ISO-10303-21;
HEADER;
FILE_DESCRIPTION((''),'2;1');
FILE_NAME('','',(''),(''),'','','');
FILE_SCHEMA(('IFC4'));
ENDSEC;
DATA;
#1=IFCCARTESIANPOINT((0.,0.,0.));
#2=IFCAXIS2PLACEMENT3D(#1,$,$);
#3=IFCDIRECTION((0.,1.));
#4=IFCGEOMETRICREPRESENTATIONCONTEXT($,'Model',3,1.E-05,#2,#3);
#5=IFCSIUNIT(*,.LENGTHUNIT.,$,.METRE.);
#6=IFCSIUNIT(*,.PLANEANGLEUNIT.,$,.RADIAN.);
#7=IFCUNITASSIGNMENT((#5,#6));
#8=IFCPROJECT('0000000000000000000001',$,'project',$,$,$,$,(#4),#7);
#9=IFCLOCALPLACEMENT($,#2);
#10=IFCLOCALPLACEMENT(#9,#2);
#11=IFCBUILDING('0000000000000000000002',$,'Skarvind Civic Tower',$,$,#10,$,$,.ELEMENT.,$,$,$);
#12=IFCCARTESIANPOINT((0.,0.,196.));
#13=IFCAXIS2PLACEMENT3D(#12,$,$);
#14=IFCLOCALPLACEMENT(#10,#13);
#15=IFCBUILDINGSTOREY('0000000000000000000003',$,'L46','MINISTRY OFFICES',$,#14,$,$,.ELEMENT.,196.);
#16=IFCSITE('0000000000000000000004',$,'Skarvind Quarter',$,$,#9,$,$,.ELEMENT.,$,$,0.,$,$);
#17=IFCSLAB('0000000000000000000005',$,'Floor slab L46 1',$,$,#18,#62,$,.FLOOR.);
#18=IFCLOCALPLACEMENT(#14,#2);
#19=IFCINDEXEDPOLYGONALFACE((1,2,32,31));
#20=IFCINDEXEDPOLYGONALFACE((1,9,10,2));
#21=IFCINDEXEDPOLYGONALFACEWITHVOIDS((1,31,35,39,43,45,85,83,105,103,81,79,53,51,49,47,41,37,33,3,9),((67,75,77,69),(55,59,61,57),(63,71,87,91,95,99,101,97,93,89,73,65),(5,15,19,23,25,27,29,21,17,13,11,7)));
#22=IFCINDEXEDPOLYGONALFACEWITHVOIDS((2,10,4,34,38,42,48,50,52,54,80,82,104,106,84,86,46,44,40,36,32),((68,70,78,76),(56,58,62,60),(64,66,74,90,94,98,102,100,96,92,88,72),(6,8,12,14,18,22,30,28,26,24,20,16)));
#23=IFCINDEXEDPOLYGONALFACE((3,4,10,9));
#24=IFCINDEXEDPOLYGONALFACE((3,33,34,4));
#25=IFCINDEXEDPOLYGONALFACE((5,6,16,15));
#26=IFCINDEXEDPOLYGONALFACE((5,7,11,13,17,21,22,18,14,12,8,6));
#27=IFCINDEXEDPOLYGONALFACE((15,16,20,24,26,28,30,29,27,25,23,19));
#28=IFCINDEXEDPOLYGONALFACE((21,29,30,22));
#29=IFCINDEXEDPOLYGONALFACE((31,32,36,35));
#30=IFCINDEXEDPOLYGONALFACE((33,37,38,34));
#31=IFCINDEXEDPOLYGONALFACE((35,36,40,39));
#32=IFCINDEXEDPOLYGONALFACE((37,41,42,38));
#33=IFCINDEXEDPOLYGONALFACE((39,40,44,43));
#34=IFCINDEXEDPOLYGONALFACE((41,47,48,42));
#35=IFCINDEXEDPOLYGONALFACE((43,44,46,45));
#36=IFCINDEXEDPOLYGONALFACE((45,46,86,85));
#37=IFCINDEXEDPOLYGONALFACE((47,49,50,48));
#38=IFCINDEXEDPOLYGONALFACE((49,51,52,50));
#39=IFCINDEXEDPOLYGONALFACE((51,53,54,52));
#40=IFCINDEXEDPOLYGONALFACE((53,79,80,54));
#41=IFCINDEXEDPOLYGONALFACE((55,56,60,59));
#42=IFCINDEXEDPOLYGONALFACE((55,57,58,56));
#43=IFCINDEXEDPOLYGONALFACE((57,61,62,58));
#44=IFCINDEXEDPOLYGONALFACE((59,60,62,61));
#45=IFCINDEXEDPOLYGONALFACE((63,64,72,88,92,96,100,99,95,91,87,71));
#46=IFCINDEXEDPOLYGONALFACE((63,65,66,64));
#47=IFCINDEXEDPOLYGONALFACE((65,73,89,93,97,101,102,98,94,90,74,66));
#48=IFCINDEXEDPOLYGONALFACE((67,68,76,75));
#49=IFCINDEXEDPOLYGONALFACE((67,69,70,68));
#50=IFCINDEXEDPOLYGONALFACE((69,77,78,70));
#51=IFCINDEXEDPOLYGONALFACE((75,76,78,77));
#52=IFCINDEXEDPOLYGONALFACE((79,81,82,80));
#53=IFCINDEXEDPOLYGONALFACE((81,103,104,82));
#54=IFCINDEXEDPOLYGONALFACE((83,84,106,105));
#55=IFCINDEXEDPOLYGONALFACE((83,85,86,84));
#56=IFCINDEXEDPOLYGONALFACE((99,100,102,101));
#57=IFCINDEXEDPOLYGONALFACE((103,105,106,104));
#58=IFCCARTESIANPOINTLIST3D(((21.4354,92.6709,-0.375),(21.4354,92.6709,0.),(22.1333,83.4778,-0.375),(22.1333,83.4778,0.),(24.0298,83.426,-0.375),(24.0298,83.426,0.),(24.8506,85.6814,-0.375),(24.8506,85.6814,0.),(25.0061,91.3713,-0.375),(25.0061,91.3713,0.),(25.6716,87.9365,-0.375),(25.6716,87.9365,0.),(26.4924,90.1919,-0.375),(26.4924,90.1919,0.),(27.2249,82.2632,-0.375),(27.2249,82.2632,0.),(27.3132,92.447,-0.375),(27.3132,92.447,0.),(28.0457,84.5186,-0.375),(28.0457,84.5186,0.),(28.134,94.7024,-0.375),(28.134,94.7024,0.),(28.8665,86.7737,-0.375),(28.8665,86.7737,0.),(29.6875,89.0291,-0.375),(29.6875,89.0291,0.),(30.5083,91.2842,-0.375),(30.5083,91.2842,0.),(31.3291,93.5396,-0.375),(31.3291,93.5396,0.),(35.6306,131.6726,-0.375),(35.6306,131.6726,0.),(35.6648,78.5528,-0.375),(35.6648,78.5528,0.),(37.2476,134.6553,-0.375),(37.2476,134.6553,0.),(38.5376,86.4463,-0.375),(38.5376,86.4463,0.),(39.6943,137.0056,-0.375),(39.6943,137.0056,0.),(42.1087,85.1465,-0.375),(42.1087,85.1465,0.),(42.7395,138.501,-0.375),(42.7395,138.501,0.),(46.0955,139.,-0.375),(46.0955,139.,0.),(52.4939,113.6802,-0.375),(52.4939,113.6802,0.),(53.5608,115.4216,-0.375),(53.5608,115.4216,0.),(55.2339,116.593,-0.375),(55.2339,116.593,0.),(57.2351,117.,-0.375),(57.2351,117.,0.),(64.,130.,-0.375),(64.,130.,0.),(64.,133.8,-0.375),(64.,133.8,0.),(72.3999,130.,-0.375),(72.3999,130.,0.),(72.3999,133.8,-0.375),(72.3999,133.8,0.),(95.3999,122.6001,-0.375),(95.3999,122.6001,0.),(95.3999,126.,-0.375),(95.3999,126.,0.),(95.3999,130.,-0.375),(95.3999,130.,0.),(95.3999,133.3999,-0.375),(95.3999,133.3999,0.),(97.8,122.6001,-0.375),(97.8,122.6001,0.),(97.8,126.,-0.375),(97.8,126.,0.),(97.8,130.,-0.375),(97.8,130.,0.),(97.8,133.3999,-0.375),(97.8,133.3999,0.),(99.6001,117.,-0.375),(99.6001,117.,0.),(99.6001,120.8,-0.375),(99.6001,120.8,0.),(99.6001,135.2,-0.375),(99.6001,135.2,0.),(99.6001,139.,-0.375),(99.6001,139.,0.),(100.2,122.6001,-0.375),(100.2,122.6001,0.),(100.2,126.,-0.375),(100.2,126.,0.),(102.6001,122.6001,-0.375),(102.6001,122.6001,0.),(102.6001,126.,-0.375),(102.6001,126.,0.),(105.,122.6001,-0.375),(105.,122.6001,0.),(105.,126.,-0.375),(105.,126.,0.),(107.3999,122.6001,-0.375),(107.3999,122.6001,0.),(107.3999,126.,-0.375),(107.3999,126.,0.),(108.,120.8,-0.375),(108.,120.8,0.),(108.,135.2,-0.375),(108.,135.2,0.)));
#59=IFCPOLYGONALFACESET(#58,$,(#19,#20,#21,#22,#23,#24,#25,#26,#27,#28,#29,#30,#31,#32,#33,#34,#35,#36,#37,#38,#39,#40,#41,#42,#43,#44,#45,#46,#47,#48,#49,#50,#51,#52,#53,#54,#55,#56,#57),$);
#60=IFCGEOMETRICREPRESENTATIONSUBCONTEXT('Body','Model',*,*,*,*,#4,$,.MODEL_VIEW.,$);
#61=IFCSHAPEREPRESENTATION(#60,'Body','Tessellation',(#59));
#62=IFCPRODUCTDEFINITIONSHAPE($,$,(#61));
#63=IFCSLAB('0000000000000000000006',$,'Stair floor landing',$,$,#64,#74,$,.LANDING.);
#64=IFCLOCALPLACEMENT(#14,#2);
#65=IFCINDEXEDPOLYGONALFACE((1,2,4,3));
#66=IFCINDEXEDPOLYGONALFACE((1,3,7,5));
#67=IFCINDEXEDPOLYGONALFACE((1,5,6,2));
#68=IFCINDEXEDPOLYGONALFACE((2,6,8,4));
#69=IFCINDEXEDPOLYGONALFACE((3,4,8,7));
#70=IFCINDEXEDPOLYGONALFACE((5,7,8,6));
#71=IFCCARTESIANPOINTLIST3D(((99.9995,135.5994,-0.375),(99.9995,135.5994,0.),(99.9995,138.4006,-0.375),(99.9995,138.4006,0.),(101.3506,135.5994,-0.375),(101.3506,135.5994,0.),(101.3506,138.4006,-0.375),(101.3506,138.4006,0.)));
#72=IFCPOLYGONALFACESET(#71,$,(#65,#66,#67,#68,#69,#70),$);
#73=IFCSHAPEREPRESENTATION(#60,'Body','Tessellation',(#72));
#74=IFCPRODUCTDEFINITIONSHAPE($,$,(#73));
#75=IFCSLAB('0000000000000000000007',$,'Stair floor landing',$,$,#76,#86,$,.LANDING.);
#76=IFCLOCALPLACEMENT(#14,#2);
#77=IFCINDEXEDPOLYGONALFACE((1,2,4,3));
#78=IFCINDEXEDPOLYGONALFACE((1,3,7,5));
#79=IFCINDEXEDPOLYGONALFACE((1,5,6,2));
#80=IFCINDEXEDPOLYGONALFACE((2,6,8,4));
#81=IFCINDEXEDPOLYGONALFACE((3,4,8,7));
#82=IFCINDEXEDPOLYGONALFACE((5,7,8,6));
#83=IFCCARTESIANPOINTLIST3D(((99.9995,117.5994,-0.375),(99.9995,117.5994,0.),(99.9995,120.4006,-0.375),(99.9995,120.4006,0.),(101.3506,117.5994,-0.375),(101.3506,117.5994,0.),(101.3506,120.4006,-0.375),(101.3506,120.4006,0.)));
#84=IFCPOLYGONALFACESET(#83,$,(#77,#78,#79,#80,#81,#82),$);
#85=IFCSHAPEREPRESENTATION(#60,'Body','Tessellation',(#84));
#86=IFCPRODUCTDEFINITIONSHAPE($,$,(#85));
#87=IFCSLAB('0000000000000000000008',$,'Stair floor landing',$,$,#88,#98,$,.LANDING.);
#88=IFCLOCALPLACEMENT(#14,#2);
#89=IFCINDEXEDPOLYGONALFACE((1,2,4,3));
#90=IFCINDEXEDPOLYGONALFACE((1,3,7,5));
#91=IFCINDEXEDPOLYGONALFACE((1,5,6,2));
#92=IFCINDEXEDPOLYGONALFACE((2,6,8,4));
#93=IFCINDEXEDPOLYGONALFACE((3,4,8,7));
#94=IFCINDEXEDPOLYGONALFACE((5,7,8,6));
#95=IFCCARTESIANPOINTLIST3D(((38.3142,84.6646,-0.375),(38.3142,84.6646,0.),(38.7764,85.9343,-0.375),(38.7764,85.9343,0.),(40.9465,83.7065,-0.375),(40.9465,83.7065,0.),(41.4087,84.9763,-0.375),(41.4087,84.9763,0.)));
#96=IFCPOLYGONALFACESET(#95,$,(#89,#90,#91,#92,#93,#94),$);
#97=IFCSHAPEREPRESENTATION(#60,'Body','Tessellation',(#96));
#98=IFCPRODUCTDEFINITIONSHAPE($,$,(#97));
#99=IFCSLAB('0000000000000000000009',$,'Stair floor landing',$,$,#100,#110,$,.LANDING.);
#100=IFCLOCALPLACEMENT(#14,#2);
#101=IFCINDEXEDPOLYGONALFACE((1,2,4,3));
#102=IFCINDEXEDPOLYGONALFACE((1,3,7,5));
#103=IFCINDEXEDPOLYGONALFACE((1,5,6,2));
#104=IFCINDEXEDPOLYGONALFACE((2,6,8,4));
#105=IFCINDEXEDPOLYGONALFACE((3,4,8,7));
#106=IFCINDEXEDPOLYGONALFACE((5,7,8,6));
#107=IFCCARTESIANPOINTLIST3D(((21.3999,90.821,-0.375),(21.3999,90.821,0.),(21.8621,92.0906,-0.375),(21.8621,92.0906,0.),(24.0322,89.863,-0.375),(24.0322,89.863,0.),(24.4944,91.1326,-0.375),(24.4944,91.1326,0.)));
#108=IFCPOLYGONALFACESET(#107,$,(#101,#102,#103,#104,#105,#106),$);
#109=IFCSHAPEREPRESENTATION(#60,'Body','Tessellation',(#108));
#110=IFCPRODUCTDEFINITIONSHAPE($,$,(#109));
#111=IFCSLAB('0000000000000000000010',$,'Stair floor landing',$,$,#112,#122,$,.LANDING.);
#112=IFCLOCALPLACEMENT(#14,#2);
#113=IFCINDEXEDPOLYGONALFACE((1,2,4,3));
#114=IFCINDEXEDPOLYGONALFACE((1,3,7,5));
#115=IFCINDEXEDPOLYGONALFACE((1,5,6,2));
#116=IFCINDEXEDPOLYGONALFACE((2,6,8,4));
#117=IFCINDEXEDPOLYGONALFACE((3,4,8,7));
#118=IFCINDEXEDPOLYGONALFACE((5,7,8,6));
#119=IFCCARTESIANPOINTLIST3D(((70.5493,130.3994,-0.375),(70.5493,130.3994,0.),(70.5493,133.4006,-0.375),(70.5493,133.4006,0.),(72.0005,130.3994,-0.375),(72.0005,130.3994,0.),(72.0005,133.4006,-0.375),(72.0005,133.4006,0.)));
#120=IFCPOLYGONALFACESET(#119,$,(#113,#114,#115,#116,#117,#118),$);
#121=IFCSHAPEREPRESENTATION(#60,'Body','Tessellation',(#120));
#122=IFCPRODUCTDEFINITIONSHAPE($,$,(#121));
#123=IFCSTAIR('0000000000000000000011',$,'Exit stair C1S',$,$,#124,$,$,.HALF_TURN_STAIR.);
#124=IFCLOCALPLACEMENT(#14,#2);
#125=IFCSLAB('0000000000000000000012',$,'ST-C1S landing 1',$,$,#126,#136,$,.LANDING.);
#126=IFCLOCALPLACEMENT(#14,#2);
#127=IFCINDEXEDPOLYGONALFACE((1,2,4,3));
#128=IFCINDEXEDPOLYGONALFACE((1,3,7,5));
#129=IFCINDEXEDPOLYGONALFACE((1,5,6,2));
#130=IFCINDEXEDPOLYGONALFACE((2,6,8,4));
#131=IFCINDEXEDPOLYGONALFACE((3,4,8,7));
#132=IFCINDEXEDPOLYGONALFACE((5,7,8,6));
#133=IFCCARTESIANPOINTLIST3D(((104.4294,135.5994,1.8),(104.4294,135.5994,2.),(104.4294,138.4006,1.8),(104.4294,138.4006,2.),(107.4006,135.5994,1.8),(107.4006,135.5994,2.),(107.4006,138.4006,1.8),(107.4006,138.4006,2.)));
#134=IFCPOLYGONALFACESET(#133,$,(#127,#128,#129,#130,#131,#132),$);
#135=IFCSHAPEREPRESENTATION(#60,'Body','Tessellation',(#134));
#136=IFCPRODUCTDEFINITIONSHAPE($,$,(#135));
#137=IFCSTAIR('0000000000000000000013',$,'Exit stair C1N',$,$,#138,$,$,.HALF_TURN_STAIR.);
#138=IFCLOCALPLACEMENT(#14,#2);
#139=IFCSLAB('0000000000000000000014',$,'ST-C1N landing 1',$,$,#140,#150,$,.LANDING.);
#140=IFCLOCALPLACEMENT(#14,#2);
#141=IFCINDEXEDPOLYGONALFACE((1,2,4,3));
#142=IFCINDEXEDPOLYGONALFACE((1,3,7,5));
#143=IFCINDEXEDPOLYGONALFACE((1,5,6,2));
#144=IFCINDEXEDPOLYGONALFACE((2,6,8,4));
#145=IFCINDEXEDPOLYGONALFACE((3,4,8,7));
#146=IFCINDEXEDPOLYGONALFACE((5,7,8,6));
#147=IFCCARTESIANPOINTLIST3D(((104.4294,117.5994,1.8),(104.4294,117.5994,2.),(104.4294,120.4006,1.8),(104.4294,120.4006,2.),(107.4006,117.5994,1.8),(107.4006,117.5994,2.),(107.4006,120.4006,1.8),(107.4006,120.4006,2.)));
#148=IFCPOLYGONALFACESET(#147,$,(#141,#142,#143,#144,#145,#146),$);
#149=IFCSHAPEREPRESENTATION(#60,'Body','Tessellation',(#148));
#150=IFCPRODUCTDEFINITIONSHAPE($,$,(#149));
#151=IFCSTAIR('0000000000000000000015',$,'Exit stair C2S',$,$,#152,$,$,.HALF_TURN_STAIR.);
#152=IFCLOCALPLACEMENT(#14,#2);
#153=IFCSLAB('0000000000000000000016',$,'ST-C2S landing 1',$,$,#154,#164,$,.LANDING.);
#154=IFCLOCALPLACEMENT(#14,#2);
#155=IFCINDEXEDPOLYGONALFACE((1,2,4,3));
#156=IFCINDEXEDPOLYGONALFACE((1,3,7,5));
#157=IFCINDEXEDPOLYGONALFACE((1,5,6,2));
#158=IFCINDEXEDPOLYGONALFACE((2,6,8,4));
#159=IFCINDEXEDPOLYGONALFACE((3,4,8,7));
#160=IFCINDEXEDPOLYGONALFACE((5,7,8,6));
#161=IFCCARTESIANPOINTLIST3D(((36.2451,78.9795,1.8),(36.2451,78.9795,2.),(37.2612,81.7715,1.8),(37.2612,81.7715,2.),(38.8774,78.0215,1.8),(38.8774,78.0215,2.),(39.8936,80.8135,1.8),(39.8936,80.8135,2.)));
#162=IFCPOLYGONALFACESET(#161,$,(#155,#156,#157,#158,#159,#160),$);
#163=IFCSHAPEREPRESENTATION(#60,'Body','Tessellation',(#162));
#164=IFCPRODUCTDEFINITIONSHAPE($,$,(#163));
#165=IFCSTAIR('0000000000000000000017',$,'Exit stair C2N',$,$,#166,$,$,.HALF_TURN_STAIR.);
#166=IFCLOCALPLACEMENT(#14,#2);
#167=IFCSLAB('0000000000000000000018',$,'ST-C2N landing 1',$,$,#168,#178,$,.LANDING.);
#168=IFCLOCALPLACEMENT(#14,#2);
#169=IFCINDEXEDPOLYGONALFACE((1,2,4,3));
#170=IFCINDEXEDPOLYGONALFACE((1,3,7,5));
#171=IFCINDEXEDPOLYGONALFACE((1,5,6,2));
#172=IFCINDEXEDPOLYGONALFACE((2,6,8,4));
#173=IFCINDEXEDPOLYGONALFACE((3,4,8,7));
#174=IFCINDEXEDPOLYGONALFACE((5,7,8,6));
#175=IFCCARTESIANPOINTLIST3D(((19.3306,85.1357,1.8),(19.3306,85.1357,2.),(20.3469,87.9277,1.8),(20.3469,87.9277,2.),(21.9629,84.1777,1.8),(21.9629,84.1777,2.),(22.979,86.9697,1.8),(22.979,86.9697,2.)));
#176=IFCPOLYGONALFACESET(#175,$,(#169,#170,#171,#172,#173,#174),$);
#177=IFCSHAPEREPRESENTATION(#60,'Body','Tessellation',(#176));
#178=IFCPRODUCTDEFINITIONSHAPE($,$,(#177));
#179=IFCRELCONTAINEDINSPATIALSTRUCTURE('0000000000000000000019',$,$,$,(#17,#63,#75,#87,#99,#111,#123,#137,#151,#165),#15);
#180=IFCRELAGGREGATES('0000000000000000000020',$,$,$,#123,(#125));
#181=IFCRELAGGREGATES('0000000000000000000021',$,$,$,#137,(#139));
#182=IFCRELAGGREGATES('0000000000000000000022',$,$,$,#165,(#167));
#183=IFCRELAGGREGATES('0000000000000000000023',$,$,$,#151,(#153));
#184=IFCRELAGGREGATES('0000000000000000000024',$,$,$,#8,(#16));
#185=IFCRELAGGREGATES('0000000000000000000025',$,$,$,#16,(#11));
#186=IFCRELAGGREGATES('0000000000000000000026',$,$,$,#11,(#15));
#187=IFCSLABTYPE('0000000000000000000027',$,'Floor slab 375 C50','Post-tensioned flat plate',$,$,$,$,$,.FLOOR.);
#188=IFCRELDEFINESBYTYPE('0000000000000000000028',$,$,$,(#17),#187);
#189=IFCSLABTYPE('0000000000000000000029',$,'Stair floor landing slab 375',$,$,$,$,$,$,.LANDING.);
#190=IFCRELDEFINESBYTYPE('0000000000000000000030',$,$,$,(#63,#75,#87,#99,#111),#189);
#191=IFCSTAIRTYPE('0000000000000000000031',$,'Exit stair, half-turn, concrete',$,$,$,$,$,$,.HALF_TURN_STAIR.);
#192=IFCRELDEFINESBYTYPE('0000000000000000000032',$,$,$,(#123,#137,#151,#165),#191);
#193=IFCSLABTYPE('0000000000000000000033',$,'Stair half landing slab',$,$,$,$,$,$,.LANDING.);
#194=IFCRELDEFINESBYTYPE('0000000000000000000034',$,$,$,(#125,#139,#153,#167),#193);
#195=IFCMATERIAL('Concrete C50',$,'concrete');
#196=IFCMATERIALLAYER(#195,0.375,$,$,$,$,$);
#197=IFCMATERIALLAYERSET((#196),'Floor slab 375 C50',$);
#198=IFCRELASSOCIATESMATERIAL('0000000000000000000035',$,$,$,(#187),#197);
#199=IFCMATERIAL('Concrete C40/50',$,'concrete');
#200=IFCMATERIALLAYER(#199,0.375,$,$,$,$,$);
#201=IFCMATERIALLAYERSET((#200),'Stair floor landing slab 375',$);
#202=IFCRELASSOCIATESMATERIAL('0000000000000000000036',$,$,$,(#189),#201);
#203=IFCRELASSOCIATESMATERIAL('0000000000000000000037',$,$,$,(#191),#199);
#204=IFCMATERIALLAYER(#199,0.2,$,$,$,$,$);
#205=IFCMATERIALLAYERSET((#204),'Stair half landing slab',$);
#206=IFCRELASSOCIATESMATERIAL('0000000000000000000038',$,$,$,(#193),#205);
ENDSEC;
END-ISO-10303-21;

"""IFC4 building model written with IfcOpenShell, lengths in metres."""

from ifc_helpers import new_model, si_unit, direction, frame, origin, place, context, subcontext, project, spatial, polyline, outline, extrude, material, layer, layer_set, type_object, element, aggregate, save


model = new_model("IFC4")

# Units and contexts
model_context = context("Model", 3, precision=1e-05, world=origin(), true_north=direction((0.0, 1.0)))
body_context = subcontext(model_context, "Body", "Model", "MODEL_VIEW")
ifc_project = project(units=[si_unit("LENGTHUNIT", "METRE"), si_unit("PLANEANGLEUNIT", "RADIAN")], contexts=[model_context])

# Site, building, storey
site_placement = place(None, origin())
site = spatial("IfcSite", under=ifc_project, at=site_placement, Name="Skarvind Quarter", CompositionType="ELEMENT", RefElevation=0.0)
building_placement = place(site_placement, origin())
building = spatial("IfcBuilding", under=site, at=building_placement, Name="Skarvind Civic Tower", CompositionType="ELEMENT")
storey_placement = place(building_placement, frame((0.0, 0.0, 196.0)))
storey = spatial("IfcBuildingStorey", under=building, at=storey_placement, Name="L46", Description="MINISTRY OFFICES", CompositionType="ELEMENT", Elevation=196.0)

# Slabs
ifc_material_1 = material(Name="Concrete C50", Category="concrete")
ifc_layer_1 = layer(ifc_material_1, 0.375)
ifc_layer_set_1 = layer_set([ifc_layer_1], Name="Floor slab 375 C50")
slab_type_1 = type_object("IfcSlabType", Name="Floor slab 375 C50", Description="Post-tensioned flat plate", PredefinedType="FLOOR", material=ifc_layer_set_1)
slab_1_placement = place(storey_placement, frame((0.0, 0.0, -0.375)))
element("IfcSlab", 1, at=slab_1_placement, inside=storey, type_object=slab_type_1, Name="Floor slab L46 1", PredefinedType="FLOOR", context=body_context, shape_type="SweptSolid", body=[
    extrude(outline(polyline([(99.6001, 117.0), (99.6001, 120.8), (108.0, 120.8), (108.0, 135.2), (99.6001, 135.2), (99.6001, 139.0), (46.0955, 139.0), (42.7395, 138.501), (39.6943, 137.0056), (37.2476, 134.6553), (35.6306, 131.6726), (19.4175, 87.1267), (21.4353, 92.6709), (25.0061, 91.3713), (22.1333, 83.4778), (36.8865, 78.1082), (35.6648, 78.5527), (38.5376, 86.4463), (42.1086, 85.1465), (40.0908, 79.6023), (40.0908, 79.6023), (52.4939, 113.6802), (53.5608, 115.4216), (55.2339, 116.593), (57.2351, 117.0), (99.6001, 117.0)]), holes=[polyline([(25.6716, 87.9365), (26.4924, 90.1919), (27.3132, 92.447), (28.134, 94.7024), (31.3291, 93.5396), (30.5083, 91.2842), (29.6875, 89.0291), (28.8665, 86.7737), (28.8665, 86.7737), (28.0457, 84.5186), (27.2249, 82.2632), (24.0298, 83.426), (24.8506, 85.6814), (25.6716, 87.9365), (25.6716, 87.9365)]), polyline([(64.0, 130.0), (64.0, 133.8), (72.3999, 133.8), (72.3999, 130.0), (64.0, 130.0)]), polyline([(97.8, 126.0), (100.2, 126.0), (102.6001, 126.0), (105.0, 126.0), (107.3999, 126.0), (107.3999, 122.6001), (105.0, 122.6001), (102.6001, 122.6001), (100.2, 122.6001), (97.8, 122.6001), (95.3999, 122.6001), (95.3999, 126.0), (97.8, 126.0)]), polyline([(97.8, 133.3999), (97.8, 130.0), (95.3999, 130.0), (95.3999, 133.3999), (97.8, 133.3999)])]), origin(), (0.0, 0.0, 1.0), 0.375),
])
ifc_material_2 = material(Name="Concrete C40/50", Category="concrete")
ifc_layer_2 = layer(ifc_material_2, 0.375)
ifc_layer_set_2 = layer_set([ifc_layer_2], Name="Stair floor landing slab 375")
slab_type_2 = type_object("IfcSlabType", Name="Stair floor landing slab 375", PredefinedType="LANDING", material=ifc_layer_set_2)
slab_2_placement = place(storey_placement, frame((0.0, 0.0, -0.375)))
element("IfcSlab", 2, at=slab_2_placement, inside=storey, type_object=slab_type_2, Name="Stair floor landing", PredefinedType="LANDING", context=body_context, shape_type="SweptSolid", body=[
    extrude(outline(polyline([(101.3506, 138.4006), (101.3506, 135.5994), (99.9995, 135.5994), (99.9995, 138.4006), (101.3506, 138.4006)])), origin(), (0.0, 0.0, 1.0), 0.375),
])
slab_3_placement = place(storey_placement, frame((0.0, 0.0, -0.375)))
element("IfcSlab", 3, at=slab_3_placement, inside=storey, type_object=slab_type_2, Name="Stair floor landing", PredefinedType="LANDING", context=body_context, shape_type="SweptSolid", body=[
    extrude(outline(polyline([(101.3506, 120.4006), (101.3506, 117.5994), (99.9995, 117.5994), (99.9995, 120.4006), (101.3506, 120.4006)])), origin(), (0.0, 0.0, 1.0), 0.375),
])
slab_4_placement = place(storey_placement, frame((0.0, 0.0, -0.375)))
element("IfcSlab", 4, at=slab_4_placement, inside=storey, type_object=slab_type_2, Name="Stair floor landing", PredefinedType="LANDING", context=body_context, shape_type="SweptSolid", body=[
    extrude(outline(polyline([(40.9465, 83.7065), (38.3142, 84.6646), (38.7764, 85.9343), (41.4087, 84.9763), (40.9465, 83.7065)])), origin(), (0.0, 0.0, 1.0), 0.375),
])
slab_5_placement = place(storey_placement, frame((0.0, 0.0, -0.375)))
element("IfcSlab", 5, at=slab_5_placement, inside=storey, type_object=slab_type_2, Name="Stair floor landing", PredefinedType="LANDING", context=body_context, shape_type="SweptSolid", body=[
    extrude(outline(polyline([(24.0322, 89.863), (21.3999, 90.821), (21.8621, 92.0906), (24.4944, 91.1326), (24.0322, 89.863)])), origin(), (0.0, 0.0, 1.0), 0.375),
])
slab_6_placement = place(storey_placement, frame((0.0, 0.0, -0.375)))
element("IfcSlab", 6, at=slab_6_placement, inside=storey, type_object=slab_type_2, Name="Stair floor landing", PredefinedType="LANDING", context=body_context, shape_type="SweptSolid", body=[
    extrude(outline(polyline([(70.5493, 130.3994), (70.5493, 133.4006), (72.0005, 133.4006), (72.0005, 130.3994), (70.5493, 130.3994)])), origin(), (0.0, 0.0, 1.0), 0.375),
])

# Stairs, slabs
stair_type_1 = type_object("IfcStairType", Name="Exit stair, half-turn, concrete", PredefinedType="HALF_TURN_STAIR", material=ifc_material_2)
stair_1_placement = place(storey_placement, origin())
stair_1 = element("IfcStair", 7, at=stair_1_placement, inside=storey, type_object=stair_type_1, Name="Exit stair C1S", PredefinedType="HALF_TURN_STAIR")
ifc_layer_3 = layer(ifc_material_2, 0.2)
ifc_layer_set_3 = layer_set([ifc_layer_3], Name="Stair half landing slab")
slab_type_3 = type_object("IfcSlabType", Name="Stair half landing slab", PredefinedType="LANDING", material=ifc_layer_set_3)
slab_7_placement = place(storey_placement, frame((0.0, 0.0, 1.8)))
slab_7 = element("IfcSlab", 8, at=slab_7_placement, type_object=slab_type_3, Name="ST-C1S landing 1", PredefinedType="LANDING", context=body_context, shape_type="SweptSolid", body=[
    extrude(outline(polyline([(104.4294, 135.5994), (104.4294, 138.4006), (107.4006, 138.4006), (107.4006, 135.5994), (104.4294, 135.5994)])), origin(), (0.0, 0.0, 1.0), 0.2),
])
aggregate(stair_1, [slab_7])
stair_2_placement = place(storey_placement, origin())
stair_2 = element("IfcStair", 9, at=stair_2_placement, inside=storey, type_object=stair_type_1, Name="Exit stair C1N", PredefinedType="HALF_TURN_STAIR")
slab_8_placement = place(storey_placement, frame((0.0, 0.0, 1.8)))
slab_8 = element("IfcSlab", 10, at=slab_8_placement, type_object=slab_type_3, Name="ST-C1N landing 1", PredefinedType="LANDING", context=body_context, shape_type="SweptSolid", body=[
    extrude(outline(polyline([(104.4294, 117.5994), (104.4294, 120.4006), (107.4006, 120.4006), (107.4006, 117.5994), (104.4294, 117.5994)])), origin(), (0.0, 0.0, 1.0), 0.2),
])
aggregate(stair_2, [slab_8])
stair_3_placement = place(storey_placement, origin())
stair_3 = element("IfcStair", 11, at=stair_3_placement, inside=storey, type_object=stair_type_1, Name="Exit stair C2S", PredefinedType="HALF_TURN_STAIR")
slab_9_placement = place(storey_placement, frame((0.0, 0.0, 1.8)))
slab_9 = element("IfcSlab", 12, at=slab_9_placement, type_object=slab_type_3, Name="ST-C2S landing 1", PredefinedType="LANDING", context=body_context, shape_type="SweptSolid", body=[
    extrude(outline(polyline([(37.2612, 81.7715), (39.8936, 80.8135), (38.8774, 78.0215), (36.2451, 78.9795), (37.2612, 81.7715)])), origin(), (0.0, 0.0, 1.0), 0.2),
])
stair_4_placement = place(storey_placement, origin())
stair_4 = element("IfcStair", 13, at=stair_4_placement, inside=storey, type_object=stair_type_1, Name="Exit stair C2N", PredefinedType="HALF_TURN_STAIR")
slab_10_placement = place(storey_placement, frame((0.0, 0.0, 1.8)))
slab_10 = element("IfcSlab", 14, at=slab_10_placement, type_object=slab_type_3, Name="ST-C2N landing 1", PredefinedType="LANDING", context=body_context, shape_type="SweptSolid", body=[
    extrude(outline(polyline([(20.3469, 87.9277), (22.979, 86.9697), (21.9629, 84.1777), (19.3306, 85.1357), (20.3469, 87.9277)])), origin(), (0.0, 0.0, 1.0), 0.2),
])
aggregate(stair_4, [slab_10])

aggregate(stair_3, [slab_9])

save(model, "model.ifc")
